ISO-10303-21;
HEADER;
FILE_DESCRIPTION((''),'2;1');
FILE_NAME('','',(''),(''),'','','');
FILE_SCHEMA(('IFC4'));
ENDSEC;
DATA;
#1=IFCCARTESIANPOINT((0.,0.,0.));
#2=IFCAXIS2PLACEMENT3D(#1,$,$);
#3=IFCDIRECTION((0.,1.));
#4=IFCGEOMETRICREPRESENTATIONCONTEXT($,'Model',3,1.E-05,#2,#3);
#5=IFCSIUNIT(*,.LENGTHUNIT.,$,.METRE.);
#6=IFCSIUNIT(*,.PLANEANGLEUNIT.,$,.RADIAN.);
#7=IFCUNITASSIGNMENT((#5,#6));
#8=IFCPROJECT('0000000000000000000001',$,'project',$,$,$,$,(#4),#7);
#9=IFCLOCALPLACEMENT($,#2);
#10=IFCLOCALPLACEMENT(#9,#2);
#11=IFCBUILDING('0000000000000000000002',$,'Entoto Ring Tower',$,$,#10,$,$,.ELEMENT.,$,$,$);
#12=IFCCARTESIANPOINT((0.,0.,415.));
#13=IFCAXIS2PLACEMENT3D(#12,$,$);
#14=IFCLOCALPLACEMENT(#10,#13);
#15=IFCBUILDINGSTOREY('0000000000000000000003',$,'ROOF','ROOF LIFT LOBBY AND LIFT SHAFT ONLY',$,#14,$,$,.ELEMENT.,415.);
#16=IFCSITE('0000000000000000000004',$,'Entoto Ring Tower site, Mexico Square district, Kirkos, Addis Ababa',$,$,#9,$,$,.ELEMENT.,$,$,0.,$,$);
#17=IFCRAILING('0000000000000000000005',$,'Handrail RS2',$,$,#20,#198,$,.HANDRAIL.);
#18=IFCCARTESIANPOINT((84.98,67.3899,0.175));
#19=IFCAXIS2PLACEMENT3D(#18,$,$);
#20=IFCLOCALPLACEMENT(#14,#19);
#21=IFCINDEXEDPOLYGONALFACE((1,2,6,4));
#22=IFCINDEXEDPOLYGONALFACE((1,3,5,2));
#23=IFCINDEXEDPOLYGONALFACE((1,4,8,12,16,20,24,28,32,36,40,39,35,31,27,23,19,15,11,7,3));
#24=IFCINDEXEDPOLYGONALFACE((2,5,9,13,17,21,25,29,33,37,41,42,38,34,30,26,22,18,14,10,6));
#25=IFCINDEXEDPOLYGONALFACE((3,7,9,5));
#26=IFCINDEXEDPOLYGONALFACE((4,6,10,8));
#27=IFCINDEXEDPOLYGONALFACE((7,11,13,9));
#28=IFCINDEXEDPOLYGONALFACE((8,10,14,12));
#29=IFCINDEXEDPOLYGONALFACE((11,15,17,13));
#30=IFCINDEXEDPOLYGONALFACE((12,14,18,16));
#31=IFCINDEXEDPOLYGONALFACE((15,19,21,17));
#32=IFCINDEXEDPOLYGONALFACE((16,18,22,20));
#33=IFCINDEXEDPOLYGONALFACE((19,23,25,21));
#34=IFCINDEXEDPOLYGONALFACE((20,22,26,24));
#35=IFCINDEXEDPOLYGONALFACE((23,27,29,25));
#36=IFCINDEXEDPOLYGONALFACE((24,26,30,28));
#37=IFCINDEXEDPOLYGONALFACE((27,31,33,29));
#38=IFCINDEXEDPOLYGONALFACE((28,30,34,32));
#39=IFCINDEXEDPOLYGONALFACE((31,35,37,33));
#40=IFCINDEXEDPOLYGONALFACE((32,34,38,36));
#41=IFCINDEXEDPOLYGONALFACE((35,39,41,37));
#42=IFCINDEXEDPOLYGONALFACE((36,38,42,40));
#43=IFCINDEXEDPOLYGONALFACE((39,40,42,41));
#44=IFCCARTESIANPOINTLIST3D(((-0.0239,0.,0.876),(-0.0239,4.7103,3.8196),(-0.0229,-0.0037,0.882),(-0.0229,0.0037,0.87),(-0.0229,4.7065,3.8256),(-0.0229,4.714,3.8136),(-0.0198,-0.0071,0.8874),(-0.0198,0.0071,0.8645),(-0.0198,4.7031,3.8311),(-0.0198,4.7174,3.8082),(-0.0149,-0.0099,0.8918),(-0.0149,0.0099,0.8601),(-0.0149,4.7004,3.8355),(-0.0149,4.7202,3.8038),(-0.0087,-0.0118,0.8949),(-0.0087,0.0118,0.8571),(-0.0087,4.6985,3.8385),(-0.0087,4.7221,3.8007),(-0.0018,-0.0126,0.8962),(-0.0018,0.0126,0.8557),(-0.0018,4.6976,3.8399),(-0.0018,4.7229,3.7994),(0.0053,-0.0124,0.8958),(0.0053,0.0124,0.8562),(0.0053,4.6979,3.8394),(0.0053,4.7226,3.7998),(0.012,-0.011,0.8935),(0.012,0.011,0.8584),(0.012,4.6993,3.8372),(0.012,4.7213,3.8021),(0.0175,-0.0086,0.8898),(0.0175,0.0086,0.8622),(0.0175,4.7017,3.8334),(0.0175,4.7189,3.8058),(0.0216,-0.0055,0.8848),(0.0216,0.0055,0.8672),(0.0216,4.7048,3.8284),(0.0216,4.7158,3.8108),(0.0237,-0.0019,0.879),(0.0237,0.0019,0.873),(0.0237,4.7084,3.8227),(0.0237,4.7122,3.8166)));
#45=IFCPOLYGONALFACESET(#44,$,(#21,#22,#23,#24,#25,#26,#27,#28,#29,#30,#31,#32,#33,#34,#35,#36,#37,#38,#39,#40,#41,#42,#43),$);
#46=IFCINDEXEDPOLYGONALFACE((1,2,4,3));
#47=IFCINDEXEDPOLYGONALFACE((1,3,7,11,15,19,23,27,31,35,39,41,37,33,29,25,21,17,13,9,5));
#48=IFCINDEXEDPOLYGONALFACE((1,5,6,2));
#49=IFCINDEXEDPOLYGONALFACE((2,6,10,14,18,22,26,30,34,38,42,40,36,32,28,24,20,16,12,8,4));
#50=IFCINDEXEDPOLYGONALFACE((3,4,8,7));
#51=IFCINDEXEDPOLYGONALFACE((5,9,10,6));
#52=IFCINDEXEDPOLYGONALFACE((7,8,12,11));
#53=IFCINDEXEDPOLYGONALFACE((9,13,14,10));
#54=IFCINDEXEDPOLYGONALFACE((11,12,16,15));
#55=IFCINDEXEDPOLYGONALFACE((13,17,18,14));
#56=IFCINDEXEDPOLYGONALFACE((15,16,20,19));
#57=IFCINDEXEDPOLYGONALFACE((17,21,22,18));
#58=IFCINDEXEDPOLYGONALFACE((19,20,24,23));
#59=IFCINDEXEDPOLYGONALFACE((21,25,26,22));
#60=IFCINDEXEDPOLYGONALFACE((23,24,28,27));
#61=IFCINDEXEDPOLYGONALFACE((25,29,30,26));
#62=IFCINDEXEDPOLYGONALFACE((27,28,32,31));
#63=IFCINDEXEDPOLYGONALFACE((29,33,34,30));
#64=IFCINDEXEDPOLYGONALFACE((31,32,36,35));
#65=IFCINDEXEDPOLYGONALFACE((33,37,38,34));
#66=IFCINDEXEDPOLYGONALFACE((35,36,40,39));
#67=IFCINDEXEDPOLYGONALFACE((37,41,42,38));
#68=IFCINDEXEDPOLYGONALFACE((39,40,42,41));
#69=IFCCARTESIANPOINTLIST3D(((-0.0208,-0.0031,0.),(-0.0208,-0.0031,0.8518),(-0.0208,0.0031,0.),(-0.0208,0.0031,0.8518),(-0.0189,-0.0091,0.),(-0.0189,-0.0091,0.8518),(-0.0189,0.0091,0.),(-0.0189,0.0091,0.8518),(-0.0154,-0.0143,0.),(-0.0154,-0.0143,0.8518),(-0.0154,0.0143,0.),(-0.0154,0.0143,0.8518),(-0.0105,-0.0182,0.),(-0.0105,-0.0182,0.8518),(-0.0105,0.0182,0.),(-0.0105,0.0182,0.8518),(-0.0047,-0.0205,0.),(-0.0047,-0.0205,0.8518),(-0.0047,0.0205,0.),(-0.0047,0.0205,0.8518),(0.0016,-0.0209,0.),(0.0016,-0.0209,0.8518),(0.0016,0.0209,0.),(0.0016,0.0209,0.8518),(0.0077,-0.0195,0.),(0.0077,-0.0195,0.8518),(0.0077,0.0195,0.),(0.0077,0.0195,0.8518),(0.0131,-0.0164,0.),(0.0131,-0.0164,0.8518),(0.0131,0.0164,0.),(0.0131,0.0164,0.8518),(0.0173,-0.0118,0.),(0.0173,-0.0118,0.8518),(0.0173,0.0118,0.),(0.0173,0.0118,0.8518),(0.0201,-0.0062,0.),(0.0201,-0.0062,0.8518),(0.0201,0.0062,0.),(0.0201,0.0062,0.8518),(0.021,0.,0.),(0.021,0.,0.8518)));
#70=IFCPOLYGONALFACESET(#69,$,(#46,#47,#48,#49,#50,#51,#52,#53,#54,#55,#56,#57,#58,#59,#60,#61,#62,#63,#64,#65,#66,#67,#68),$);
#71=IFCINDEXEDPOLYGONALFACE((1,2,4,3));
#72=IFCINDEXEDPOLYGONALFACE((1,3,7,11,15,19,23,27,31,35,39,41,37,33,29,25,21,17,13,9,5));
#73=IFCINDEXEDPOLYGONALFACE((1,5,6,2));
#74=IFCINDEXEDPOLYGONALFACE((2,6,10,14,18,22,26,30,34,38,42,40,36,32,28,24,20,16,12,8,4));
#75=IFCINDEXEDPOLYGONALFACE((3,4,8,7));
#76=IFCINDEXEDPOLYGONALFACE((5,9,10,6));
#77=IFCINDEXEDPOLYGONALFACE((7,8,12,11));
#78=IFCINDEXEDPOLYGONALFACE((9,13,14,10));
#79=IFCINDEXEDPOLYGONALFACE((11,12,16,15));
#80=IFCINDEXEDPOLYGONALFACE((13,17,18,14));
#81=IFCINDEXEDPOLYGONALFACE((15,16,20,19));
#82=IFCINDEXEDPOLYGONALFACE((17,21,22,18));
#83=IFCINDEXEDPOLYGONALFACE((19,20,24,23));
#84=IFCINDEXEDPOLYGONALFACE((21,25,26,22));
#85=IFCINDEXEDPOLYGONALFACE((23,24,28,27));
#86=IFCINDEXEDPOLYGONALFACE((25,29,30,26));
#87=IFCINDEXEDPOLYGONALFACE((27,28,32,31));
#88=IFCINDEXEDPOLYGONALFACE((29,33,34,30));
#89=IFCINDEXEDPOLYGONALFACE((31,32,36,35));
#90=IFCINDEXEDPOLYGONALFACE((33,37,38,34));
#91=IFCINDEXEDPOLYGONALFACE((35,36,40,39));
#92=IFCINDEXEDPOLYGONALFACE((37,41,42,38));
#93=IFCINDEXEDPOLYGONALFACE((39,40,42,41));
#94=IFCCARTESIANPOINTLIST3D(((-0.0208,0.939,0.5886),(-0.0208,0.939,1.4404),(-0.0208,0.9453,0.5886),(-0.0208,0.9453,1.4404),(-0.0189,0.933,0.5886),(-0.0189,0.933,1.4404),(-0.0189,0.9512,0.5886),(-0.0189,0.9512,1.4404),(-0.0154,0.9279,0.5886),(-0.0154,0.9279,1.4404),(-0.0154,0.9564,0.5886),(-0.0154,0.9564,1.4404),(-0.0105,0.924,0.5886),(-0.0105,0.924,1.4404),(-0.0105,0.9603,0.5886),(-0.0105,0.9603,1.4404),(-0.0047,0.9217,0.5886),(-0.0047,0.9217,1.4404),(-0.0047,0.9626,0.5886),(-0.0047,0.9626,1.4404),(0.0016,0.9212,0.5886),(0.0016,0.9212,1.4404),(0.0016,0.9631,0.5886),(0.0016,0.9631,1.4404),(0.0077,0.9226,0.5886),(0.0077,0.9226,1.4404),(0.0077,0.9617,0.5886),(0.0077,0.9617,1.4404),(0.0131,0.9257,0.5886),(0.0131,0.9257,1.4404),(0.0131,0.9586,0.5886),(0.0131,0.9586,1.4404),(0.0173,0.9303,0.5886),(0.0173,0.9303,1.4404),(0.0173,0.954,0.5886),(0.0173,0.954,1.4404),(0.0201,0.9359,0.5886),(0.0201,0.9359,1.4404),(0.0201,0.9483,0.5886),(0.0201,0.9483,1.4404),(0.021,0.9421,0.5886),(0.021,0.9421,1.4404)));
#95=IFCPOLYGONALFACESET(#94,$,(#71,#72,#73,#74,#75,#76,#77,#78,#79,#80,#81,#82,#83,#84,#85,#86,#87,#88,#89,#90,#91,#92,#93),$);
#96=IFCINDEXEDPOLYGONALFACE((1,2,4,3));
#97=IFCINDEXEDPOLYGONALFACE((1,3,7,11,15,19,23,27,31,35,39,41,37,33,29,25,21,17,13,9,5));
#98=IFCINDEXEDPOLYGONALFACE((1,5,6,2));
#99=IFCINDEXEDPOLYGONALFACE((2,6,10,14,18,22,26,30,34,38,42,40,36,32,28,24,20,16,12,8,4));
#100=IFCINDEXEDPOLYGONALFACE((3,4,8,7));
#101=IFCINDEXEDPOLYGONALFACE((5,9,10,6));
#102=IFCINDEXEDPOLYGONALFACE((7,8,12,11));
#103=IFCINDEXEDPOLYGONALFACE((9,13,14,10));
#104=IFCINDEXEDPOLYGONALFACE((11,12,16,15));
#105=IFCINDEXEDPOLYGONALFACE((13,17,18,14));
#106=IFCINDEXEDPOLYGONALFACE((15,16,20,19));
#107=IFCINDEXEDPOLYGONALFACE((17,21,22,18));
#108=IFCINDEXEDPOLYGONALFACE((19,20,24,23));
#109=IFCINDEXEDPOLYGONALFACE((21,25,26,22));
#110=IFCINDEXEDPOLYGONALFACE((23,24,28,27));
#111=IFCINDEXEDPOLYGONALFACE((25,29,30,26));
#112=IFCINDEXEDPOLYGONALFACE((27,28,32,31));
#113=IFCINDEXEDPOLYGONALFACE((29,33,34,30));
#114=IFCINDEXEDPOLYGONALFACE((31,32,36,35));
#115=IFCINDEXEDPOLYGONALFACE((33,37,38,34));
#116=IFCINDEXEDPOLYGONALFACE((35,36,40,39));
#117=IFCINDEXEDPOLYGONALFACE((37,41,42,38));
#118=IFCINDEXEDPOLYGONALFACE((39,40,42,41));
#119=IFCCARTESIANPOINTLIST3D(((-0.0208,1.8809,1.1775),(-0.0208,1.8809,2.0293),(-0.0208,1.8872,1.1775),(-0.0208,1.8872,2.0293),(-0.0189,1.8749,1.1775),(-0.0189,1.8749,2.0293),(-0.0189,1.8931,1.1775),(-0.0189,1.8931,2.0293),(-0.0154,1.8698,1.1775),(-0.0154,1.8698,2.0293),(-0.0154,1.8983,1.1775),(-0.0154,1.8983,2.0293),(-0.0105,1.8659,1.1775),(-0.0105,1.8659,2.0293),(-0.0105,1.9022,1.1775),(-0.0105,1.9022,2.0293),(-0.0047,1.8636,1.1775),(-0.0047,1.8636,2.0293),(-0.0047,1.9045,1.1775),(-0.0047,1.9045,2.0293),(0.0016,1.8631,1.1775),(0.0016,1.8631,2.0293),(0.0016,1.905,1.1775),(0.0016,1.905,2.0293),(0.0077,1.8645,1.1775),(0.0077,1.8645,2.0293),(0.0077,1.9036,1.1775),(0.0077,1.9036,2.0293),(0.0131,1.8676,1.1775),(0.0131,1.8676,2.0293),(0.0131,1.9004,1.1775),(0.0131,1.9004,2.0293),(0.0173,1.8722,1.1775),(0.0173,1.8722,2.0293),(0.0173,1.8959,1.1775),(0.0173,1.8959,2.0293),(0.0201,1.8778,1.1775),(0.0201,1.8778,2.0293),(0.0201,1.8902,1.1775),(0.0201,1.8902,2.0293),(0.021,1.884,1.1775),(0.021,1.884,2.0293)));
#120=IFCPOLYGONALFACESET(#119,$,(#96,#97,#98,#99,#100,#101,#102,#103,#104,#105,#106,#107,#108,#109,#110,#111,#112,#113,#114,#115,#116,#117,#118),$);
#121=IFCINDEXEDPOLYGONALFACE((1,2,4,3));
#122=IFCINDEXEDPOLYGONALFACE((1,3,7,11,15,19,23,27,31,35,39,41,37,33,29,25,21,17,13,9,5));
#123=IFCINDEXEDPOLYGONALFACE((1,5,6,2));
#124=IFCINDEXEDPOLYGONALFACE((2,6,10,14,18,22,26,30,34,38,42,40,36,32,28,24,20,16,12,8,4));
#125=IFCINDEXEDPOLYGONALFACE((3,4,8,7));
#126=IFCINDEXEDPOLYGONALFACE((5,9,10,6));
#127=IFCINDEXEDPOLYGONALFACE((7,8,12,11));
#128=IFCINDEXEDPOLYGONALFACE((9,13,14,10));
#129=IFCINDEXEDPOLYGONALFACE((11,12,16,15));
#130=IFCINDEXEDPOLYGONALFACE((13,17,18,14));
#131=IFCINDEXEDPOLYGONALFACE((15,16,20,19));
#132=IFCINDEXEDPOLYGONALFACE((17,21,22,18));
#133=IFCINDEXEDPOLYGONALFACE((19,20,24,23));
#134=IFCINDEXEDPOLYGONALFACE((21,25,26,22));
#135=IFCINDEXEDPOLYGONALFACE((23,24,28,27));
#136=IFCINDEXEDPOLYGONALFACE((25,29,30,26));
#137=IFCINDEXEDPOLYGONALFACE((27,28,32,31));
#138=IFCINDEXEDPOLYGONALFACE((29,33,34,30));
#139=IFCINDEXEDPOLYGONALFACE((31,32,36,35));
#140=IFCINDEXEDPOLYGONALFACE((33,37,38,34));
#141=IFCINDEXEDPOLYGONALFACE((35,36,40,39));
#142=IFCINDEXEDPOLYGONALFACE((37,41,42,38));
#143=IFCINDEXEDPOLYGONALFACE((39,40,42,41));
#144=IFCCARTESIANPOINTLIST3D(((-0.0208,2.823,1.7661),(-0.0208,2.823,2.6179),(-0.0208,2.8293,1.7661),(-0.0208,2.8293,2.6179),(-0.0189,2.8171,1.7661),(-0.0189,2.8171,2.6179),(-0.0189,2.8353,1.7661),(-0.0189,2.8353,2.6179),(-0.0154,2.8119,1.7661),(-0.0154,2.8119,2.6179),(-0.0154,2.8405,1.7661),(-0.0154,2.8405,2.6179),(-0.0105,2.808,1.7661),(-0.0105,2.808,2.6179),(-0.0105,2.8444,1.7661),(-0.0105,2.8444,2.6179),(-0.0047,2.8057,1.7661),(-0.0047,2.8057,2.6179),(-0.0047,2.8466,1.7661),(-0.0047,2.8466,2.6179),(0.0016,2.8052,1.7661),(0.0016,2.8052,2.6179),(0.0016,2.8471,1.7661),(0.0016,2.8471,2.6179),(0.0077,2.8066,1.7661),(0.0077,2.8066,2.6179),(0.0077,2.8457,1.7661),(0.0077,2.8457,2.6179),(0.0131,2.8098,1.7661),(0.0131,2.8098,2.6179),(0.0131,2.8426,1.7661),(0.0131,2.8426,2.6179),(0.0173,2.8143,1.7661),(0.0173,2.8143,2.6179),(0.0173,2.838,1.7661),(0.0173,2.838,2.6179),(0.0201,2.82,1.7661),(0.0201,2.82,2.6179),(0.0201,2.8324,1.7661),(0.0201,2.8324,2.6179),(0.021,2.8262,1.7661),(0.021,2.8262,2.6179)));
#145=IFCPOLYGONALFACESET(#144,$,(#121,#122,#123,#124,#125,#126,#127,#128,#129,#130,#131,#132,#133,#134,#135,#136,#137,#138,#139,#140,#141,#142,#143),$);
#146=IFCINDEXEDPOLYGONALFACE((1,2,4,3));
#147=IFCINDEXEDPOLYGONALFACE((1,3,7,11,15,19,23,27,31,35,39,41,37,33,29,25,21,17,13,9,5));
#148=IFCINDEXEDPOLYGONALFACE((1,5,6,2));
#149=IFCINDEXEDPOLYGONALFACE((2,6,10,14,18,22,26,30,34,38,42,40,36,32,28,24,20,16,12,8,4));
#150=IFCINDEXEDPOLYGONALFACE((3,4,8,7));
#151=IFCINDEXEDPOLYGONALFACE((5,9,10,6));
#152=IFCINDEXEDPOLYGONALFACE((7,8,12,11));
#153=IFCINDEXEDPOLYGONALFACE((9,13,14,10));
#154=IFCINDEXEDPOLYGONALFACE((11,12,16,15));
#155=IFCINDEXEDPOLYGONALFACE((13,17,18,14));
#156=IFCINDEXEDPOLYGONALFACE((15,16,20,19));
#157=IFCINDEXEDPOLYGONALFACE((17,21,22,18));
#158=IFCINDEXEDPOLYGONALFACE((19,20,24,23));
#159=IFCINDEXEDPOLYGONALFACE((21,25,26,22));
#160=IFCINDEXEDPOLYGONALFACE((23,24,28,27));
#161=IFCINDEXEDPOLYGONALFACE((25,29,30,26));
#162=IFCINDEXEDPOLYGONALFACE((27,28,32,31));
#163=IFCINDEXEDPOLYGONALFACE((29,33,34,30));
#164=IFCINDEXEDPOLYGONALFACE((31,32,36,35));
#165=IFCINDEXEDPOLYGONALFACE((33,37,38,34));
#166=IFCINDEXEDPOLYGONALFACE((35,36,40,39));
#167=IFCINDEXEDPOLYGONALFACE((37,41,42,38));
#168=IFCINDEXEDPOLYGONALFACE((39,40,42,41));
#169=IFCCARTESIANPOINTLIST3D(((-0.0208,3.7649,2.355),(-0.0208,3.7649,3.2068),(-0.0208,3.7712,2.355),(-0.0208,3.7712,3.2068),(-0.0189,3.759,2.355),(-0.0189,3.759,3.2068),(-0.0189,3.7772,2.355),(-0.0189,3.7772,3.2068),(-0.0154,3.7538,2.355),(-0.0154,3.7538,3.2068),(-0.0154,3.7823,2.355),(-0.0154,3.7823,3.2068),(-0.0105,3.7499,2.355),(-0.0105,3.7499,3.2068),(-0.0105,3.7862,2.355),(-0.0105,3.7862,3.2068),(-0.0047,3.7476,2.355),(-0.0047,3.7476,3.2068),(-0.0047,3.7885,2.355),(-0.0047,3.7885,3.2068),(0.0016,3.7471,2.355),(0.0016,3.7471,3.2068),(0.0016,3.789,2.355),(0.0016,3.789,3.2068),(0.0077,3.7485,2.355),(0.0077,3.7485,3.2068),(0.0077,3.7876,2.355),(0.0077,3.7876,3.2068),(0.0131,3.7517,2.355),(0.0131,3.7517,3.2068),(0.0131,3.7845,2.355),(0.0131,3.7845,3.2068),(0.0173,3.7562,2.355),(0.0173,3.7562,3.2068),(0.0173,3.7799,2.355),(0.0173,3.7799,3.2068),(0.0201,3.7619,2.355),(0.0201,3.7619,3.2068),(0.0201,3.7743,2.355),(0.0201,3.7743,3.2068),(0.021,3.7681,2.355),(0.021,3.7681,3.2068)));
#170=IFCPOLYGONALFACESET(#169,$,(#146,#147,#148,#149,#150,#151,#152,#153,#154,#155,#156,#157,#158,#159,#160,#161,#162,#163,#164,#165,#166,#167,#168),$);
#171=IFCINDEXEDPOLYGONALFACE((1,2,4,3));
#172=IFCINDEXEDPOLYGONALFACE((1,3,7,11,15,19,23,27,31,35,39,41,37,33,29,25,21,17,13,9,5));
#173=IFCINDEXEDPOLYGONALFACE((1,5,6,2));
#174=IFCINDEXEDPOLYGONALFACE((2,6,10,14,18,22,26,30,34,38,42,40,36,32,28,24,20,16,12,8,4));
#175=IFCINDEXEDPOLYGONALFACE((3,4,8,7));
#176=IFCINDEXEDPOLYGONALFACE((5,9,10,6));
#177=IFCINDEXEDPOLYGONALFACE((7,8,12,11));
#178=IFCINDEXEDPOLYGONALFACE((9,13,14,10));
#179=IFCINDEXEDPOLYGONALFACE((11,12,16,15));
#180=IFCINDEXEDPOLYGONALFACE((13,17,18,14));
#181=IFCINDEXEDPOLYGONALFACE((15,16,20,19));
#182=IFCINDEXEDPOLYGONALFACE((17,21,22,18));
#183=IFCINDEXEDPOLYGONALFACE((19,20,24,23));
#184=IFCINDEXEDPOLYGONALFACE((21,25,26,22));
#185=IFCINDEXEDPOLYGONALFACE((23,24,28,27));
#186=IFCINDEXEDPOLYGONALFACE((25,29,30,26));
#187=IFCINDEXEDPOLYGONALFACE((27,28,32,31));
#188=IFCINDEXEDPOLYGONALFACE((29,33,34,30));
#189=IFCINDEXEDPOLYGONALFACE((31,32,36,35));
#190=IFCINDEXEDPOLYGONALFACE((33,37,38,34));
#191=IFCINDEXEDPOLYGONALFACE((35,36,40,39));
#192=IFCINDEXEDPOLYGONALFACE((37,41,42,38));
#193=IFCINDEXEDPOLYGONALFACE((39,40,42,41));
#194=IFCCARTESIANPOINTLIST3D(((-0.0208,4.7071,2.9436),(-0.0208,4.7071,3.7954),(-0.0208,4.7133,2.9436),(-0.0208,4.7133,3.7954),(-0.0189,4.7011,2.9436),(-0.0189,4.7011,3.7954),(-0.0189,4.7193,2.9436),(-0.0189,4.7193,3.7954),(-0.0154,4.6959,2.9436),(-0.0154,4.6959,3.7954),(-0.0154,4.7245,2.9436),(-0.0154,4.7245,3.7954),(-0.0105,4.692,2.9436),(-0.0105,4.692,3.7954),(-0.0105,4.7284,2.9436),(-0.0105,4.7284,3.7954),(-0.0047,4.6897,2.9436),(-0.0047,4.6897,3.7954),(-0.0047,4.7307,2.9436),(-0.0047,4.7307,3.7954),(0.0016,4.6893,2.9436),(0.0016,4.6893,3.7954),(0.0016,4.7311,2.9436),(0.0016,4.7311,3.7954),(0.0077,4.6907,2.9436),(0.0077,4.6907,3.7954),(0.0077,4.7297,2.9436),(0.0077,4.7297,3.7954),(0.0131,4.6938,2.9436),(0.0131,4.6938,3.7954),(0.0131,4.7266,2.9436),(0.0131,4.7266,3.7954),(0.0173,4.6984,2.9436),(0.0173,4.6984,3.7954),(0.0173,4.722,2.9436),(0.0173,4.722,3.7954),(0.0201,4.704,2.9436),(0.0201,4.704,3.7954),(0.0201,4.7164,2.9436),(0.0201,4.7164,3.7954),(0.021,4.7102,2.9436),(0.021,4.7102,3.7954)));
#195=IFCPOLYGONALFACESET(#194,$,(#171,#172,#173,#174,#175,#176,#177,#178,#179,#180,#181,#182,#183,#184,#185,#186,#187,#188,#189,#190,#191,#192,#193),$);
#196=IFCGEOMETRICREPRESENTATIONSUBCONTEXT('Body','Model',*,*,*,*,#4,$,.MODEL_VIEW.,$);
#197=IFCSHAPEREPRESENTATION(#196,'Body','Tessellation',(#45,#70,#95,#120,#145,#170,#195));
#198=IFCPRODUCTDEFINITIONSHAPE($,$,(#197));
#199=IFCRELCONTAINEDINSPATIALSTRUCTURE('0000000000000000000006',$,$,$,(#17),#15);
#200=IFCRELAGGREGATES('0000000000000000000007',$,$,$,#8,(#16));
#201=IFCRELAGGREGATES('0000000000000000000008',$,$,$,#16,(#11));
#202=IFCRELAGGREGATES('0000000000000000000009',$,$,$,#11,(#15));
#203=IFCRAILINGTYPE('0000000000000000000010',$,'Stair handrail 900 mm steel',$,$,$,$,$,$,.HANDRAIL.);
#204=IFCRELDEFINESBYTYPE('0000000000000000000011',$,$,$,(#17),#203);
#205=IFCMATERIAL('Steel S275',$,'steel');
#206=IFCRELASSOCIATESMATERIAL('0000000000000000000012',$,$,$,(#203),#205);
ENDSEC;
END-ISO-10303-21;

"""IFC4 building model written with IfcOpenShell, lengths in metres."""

from ifc_helpers import new_model, si_unit, direction, frame, origin, origin_2d, place, context, subcontext, project, spatial, circle, extrude, material, type_object, element, save


model = new_model("IFC4")

# Units and contexts
model_context = context("Model", 3, precision=1e-05, world=origin(), true_north=direction((0.0, 1.0)))
body_context = subcontext(model_context, "Body", "Model", "MODEL_VIEW")
ifc_project = project(units=[si_unit("LENGTHUNIT", "METRE"), si_unit("PLANEANGLEUNIT", "RADIAN")], contexts=[model_context])

# Site, building, storey
site_placement = place(None, origin())
site = spatial("IfcSite", under=ifc_project, at=site_placement, Name="Entoto Ring Tower site, Mexico Square district, Kirkos, Addis Ababa", CompositionType="ELEMENT", RefElevation=0.0)
building_placement = place(site_placement, origin())
building = spatial("IfcBuilding", under=site, at=building_placement, Name="Entoto Ring Tower", CompositionType="ELEMENT")
storey_placement = place(building_placement, frame((0.0, 0.0, 415.0)))
storey = spatial("IfcBuildingStorey", under=building, at=storey_placement, Name="ROOF", Description="ROOF LIFT LOBBY AND LIFT SHAFT ONLY", CompositionType="ELEMENT", Elevation=415.0)

# Railing
ifc_material_1 = material(Name="Steel S275", Category="steel")
railing_type_1 = type_object("IfcRailingType", Name="Stair handrail 900 mm steel", PredefinedType="HANDRAIL", material=ifc_material_1)
for number, where, name in (
    (1, (84.98, 67.3899, 0.175), "Handrail RS2"),
):
    element("IfcRailing", number, at=place(storey_placement, frame(where)), inside=storey, type_object=railing_type_1, Name=name, PredefinedType="HANDRAIL", context=body_context, shape_type="SweptSolid", body=[
        extrude(circle(Radius=0.0239, at=origin_2d()), frame((0.0, 0.0, 0.876), z_axis=(0.0, 0.848021, 0.529963), x_axis=(-1.0, 0.0, 0.0)), (0.0, 0.0, 1.0), 5.5544),
        extrude(circle(Radius=0.021, at=origin_2d()), origin(), (0.0, 0.0, 1.0), 0.8518),
        extrude(circle(Radius=0.021, at=origin_2d()), frame((0.0, 0.9421, 0.5886)), (0.0, 0.0, 1.0), 0.8518),
        extrude(circle(Radius=0.021, at=origin_2d()), frame((0.0, 1.884, 1.1775)), (0.0, 0.0, 1.0), 0.8518),
        extrude(circle(Radius=0.021, at=origin_2d()), frame((0.0, 2.8262, 1.7661)), (0.0, 0.0, 1.0), 0.8518),
        extrude(circle(Radius=0.021, at=origin_2d()), frame((0.0, 3.7681, 2.355)), (0.0, 0.0, 1.0), 0.8518),
        extrude(circle(Radius=0.021, at=origin_2d()), frame((0.0, 4.7102, 2.9436)), (0.0, 0.0, 1.0), 0.8518),
    ])

save(model, "model.ifc")
